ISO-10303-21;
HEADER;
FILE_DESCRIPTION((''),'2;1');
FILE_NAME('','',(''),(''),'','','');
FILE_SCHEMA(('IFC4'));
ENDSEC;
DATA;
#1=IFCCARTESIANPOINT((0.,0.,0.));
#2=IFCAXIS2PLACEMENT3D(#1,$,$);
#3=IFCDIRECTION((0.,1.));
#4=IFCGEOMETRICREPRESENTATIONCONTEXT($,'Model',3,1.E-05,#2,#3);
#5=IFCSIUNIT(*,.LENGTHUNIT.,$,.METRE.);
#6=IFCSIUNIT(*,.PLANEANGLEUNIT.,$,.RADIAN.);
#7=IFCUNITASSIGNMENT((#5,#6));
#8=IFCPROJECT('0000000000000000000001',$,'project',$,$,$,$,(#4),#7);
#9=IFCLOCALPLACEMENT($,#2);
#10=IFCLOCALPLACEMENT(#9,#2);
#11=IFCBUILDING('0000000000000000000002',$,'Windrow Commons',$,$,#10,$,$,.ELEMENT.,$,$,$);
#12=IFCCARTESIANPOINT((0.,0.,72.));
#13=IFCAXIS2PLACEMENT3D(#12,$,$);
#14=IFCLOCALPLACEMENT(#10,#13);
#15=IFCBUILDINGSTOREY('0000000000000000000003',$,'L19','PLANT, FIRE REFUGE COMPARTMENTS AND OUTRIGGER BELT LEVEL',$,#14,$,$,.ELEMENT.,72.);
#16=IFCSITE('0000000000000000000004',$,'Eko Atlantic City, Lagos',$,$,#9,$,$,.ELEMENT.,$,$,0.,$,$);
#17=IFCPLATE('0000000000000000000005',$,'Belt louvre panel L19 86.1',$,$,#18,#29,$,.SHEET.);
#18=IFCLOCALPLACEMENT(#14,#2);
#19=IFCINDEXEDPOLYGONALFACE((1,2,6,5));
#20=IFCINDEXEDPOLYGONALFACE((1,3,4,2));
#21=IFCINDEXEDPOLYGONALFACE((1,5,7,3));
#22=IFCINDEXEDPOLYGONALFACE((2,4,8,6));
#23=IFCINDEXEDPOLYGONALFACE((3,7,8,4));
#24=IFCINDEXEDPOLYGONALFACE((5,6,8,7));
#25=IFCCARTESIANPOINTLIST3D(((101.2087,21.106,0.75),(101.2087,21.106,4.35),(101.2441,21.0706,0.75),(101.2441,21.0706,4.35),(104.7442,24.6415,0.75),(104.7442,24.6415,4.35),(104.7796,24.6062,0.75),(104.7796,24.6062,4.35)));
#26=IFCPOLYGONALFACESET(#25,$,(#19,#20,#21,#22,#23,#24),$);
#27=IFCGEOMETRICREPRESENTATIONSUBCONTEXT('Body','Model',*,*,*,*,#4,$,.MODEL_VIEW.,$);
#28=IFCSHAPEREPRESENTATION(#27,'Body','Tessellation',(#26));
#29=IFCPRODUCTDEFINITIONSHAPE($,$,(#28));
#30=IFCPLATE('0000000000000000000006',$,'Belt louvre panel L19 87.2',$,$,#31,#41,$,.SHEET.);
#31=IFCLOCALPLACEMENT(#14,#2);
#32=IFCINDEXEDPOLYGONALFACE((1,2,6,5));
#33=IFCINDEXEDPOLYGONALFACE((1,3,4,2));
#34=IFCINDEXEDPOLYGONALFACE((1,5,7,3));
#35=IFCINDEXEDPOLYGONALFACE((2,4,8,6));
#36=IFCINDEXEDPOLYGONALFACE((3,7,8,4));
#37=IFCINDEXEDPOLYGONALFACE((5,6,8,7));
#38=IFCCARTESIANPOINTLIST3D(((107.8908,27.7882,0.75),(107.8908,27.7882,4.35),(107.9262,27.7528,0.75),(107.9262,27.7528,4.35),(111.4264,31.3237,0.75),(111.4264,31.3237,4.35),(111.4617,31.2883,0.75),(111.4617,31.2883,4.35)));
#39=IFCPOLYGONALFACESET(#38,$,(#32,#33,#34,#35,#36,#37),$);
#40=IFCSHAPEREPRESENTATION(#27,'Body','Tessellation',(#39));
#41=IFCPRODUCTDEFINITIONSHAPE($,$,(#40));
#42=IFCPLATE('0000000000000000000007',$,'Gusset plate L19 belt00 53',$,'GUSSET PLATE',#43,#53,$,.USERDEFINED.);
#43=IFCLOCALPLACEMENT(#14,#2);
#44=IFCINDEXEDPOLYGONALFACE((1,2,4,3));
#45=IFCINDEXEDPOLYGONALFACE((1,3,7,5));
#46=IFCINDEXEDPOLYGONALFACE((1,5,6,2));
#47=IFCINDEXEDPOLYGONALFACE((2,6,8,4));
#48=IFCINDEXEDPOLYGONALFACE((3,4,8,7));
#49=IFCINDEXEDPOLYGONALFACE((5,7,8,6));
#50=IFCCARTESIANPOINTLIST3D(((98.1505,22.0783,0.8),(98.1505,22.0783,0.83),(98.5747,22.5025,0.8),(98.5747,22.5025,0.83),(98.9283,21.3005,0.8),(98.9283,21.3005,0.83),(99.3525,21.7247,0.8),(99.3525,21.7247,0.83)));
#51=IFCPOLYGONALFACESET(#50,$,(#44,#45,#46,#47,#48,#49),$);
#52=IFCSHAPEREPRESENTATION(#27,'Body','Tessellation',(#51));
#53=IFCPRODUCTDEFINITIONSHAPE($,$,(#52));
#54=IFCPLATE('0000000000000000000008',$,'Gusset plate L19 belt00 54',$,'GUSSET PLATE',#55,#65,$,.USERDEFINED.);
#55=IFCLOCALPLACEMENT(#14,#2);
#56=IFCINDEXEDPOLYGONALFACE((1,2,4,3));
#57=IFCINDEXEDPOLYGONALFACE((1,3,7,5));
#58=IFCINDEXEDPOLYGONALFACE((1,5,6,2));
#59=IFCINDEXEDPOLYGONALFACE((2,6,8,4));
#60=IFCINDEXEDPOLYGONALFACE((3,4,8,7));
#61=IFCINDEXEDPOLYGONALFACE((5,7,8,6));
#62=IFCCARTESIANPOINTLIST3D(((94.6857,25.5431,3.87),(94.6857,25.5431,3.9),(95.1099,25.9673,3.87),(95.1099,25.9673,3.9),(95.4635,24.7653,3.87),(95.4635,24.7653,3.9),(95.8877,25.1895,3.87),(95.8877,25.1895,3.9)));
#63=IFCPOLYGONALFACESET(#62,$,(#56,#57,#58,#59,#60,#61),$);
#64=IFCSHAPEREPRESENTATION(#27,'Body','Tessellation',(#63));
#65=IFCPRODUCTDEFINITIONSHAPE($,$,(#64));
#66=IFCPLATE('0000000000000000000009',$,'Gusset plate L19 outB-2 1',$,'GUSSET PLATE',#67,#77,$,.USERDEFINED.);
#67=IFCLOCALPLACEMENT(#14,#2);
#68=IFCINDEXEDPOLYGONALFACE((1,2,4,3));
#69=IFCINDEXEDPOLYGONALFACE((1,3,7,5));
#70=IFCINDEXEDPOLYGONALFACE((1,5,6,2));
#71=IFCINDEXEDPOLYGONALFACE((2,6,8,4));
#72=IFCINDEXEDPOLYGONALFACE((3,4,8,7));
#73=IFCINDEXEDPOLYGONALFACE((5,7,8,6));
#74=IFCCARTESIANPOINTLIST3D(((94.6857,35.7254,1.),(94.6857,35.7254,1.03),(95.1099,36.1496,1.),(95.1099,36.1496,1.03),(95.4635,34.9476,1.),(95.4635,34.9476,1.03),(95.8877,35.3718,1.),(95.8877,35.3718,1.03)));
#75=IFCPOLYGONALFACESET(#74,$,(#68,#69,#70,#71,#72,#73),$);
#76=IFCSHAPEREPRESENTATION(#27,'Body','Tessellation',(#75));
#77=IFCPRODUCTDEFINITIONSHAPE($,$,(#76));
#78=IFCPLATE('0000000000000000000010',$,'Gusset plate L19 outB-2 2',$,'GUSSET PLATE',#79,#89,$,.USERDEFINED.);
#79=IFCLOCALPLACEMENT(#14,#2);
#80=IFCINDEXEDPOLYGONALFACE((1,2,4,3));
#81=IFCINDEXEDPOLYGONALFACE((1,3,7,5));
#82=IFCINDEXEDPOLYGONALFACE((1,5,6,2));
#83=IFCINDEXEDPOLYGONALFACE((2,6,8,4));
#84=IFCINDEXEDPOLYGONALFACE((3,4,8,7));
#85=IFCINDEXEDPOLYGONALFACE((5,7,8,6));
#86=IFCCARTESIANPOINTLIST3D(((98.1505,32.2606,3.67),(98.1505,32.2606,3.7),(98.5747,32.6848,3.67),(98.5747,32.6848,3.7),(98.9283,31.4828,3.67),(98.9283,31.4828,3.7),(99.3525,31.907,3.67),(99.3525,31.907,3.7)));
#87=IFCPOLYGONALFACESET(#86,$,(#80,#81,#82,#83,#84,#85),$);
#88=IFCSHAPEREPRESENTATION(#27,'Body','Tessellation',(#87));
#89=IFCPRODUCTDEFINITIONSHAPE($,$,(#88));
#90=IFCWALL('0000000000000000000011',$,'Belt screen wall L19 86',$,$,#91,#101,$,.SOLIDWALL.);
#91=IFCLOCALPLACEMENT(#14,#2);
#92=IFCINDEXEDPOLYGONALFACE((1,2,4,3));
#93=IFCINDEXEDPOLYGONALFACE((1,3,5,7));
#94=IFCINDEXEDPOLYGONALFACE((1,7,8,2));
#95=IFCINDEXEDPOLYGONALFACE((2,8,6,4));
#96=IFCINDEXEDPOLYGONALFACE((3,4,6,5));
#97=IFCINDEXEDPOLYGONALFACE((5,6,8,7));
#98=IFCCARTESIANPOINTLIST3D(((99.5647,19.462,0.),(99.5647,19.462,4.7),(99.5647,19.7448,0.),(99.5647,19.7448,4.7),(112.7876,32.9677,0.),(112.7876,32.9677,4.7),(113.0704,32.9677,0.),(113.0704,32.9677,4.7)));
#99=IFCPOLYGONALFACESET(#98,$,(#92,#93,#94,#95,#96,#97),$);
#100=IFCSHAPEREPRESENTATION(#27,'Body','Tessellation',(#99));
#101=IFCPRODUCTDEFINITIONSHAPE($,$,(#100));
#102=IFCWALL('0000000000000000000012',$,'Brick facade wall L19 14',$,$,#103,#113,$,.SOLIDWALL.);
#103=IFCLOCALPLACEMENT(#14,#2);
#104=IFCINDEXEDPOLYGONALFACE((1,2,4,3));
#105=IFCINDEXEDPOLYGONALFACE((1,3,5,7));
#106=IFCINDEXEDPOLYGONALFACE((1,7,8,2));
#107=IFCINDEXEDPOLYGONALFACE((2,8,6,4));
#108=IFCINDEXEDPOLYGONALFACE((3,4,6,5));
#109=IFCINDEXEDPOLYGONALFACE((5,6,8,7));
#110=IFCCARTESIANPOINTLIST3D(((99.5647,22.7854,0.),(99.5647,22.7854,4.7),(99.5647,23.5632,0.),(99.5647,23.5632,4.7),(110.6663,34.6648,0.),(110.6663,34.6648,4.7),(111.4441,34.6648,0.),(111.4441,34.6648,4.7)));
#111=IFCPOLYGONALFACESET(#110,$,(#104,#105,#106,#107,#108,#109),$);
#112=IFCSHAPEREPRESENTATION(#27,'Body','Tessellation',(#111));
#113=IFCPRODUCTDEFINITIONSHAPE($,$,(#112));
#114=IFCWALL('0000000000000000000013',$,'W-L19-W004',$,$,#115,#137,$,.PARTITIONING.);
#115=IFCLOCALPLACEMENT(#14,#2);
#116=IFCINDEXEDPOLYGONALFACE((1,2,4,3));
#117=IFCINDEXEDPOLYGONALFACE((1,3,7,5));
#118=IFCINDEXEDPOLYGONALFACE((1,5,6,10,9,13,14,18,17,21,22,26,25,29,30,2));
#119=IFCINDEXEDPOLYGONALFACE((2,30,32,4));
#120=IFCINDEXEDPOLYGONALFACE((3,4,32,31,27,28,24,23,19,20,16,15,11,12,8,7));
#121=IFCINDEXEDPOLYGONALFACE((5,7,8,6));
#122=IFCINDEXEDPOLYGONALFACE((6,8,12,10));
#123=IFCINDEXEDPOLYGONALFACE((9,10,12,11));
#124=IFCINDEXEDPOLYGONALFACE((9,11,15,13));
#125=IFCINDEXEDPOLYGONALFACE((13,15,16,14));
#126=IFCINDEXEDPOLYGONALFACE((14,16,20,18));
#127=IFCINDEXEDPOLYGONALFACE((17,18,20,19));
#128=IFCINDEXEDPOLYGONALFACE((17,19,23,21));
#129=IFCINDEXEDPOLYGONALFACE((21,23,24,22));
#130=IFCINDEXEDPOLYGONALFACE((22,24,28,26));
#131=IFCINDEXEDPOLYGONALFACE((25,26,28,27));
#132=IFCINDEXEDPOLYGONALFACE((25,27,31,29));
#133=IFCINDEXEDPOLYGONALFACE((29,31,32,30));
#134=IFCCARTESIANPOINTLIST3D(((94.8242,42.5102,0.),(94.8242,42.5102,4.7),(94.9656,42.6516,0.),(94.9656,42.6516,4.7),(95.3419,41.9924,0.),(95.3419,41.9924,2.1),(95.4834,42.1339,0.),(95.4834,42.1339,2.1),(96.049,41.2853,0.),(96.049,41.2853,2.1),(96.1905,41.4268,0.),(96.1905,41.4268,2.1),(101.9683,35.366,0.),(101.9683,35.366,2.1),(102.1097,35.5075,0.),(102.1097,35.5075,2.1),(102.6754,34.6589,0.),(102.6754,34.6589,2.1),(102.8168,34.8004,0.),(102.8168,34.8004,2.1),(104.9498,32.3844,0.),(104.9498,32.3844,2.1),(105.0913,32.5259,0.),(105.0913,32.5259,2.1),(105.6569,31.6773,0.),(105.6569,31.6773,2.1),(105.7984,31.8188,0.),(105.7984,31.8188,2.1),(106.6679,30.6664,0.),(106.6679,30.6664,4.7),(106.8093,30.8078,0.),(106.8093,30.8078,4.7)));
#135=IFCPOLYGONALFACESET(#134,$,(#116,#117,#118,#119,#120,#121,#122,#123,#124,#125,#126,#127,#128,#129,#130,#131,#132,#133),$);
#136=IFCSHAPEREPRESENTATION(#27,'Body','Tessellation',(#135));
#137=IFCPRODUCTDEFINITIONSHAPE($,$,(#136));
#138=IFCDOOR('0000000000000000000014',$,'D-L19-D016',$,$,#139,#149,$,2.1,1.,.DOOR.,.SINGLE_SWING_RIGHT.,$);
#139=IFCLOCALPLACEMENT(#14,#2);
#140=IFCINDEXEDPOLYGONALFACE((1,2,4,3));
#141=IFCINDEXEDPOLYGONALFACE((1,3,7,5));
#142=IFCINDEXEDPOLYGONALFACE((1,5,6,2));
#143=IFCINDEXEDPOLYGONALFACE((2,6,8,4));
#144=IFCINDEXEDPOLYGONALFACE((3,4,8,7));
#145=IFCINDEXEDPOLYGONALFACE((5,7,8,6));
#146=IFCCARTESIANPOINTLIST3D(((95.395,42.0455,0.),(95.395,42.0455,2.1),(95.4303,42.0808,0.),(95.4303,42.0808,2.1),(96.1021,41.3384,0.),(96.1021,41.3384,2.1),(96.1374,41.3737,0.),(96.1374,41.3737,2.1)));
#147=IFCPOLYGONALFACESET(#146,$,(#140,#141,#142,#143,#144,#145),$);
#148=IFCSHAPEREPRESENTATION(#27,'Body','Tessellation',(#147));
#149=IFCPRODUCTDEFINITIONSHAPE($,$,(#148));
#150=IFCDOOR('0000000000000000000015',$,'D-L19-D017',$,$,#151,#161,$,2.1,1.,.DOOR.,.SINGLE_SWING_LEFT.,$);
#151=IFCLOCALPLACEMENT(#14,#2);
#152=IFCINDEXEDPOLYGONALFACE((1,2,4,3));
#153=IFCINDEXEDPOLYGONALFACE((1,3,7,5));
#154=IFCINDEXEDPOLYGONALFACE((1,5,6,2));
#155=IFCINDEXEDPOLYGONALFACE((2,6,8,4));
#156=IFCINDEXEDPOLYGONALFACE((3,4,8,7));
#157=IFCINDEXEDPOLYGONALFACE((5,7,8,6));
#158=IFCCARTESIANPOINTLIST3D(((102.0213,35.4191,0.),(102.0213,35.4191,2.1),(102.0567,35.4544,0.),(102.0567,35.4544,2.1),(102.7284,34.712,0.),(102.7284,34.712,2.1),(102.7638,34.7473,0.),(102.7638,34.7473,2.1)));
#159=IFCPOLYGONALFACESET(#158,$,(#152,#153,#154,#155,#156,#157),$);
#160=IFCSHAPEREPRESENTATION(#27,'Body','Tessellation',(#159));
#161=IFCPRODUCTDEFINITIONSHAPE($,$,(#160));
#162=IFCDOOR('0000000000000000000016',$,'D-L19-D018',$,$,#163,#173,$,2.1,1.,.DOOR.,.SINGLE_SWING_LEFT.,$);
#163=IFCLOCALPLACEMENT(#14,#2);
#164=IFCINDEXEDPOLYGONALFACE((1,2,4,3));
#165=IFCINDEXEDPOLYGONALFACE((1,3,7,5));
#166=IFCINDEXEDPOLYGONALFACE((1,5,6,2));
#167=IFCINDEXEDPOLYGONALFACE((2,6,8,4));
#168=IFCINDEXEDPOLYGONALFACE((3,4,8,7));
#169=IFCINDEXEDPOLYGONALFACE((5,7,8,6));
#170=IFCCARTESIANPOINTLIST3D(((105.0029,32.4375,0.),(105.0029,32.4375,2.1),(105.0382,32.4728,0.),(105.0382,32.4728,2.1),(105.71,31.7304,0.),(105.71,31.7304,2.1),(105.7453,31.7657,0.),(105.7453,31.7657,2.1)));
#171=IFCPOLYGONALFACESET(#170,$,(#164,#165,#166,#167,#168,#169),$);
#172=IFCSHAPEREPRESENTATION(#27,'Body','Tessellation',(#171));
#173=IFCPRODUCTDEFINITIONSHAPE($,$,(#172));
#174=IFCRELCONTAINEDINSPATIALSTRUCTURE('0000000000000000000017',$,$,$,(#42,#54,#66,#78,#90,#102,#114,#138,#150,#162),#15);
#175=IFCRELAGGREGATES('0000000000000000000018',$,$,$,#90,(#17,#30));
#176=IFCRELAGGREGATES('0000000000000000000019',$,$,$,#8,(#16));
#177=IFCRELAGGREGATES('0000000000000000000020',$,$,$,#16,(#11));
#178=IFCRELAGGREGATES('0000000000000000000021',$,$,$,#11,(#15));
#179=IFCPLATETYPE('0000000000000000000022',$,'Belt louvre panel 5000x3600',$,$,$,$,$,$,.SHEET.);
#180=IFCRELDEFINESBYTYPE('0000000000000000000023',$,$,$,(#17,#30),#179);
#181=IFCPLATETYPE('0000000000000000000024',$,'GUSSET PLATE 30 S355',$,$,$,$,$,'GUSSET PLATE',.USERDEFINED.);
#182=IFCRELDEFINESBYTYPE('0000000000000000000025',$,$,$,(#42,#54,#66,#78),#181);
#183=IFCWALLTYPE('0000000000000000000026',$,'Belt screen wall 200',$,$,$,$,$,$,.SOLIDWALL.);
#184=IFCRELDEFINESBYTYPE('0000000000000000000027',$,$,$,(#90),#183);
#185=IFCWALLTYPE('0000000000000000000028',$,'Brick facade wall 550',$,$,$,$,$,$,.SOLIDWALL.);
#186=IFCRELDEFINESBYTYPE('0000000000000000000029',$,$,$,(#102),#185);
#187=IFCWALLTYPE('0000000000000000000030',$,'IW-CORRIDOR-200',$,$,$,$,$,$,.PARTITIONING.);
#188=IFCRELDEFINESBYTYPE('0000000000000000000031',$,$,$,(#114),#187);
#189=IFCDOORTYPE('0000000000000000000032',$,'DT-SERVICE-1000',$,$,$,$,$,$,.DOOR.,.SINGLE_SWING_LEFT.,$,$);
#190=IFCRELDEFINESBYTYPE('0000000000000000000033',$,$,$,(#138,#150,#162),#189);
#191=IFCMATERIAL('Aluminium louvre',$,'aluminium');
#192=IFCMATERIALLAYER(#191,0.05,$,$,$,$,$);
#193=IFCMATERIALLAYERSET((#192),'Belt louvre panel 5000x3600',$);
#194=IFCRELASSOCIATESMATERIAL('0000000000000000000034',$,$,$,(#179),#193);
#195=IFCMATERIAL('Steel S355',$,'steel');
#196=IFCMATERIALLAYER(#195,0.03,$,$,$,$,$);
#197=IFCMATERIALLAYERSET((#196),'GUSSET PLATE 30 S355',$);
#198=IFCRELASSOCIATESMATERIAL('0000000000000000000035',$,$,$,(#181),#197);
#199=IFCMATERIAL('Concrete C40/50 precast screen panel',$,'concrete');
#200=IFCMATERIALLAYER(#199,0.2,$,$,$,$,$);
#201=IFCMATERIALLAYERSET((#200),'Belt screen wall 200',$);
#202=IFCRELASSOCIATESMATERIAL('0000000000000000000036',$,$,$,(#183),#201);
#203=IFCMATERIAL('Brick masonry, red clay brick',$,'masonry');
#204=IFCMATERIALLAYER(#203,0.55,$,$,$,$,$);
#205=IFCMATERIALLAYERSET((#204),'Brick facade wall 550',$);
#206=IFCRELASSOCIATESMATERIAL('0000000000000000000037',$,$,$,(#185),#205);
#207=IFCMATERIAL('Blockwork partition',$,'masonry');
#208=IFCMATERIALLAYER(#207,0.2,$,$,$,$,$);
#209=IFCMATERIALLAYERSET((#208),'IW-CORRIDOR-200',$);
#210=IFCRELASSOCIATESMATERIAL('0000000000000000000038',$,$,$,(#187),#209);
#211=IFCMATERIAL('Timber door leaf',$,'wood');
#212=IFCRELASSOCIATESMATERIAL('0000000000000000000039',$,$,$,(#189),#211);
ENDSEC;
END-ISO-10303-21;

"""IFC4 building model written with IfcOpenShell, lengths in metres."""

from ifc_helpers import new_model, si_unit, direction, frame, frame_2d, origin, origin_2d, place, context, subcontext, project, spatial, polyline, rectangle, outline, extrude, material, layer, layer_set, type_object, element, fill, aggregate, save


model = new_model("IFC4")

# Units and contexts
model_context = context("Model", 3, precision=1e-05, world=origin(), true_north=direction((0.0, 1.0)))
body_context = subcontext(model_context, "Body", "Model", "MODEL_VIEW")
ifc_project = project(units=[si_unit("LENGTHUNIT", "METRE"), si_unit("PLANEANGLEUNIT", "RADIAN")], contexts=[model_context])

# Site, building, storey
site_placement = place(None, origin())
site = spatial("IfcSite", under=ifc_project, at=site_placement, Name="Eko Atlantic City, Lagos", CompositionType="ELEMENT", RefElevation=0.0)
building_placement = place(site_placement, origin())
building = spatial("IfcBuilding", under=site, at=building_placement, Name="Windrow Commons", CompositionType="ELEMENT")
storey_placement = place(building_placement, frame((0.0, 0.0, 72.0)))
storey = spatial("IfcBuildingStorey", under=building, at=storey_placement, Name="L19", Description="PLANT, FIRE REFUGE COMPARTMENTS AND OUTRIGGER BELT LEVEL", CompositionType="ELEMENT", Elevation=72.0)

# Plates
ifc_material_1 = material(Name="Aluminium louvre", Category="aluminium")
ifc_layer_1 = layer(ifc_material_1, 0.05)
ifc_layer_set_1 = layer_set([ifc_layer_1], Name="Belt louvre panel 5000x3600")
plate_type_1 = type_object("IfcPlateType", Name="Belt louvre panel 5000x3600", PredefinedType="SHEET", material=ifc_layer_set_1)
plate_1_placement = place(storey_placement, frame((101.2441, 21.0706, 0.75), z_axis=(0.707117, -0.707097, 0.0), x_axis=(0.707097, 0.707117, 0.0)))
plate_1 = element("IfcPlate", 1, at=plate_1_placement, type_object=plate_type_1, Name="Belt louvre panel L19 86.1", PredefinedType="SHEET", context=body_context, shape_type="SweptSolid", body=[
    extrude(outline(polyline([(0.0, 0.0), (5.0, 0.0), (5.0, 3.6), (0.0, 3.6), (0.0, 0.0)])), origin(), (0.0, 0.0, -1.0), 0.05),
])
plate_2_placement = place(storey_placement, frame((107.9262, 27.7528, 0.75), z_axis=(0.707107, -0.707107, 0.0), x_axis=(0.707107, 0.707107, 0.0)))
plate_2 = element("IfcPlate", 2, at=plate_2_placement, type_object=plate_type_1, Name="Belt louvre panel L19 87.2", PredefinedType="SHEET", context=body_context, shape_type="SweptSolid", body=[
    extrude(outline(polyline([(0.0, 0.0), (5.0, 0.0), (5.0, 3.6), (0.0, 3.6), (0.0, 0.0)])), origin(), (0.0, 0.0, -1.0), 0.05),
])

# Plates
ifc_material_2 = material(Name="Steel S355", Category="steel")
ifc_layer_2 = layer(ifc_material_2, 0.03)
ifc_layer_set_2 = layer_set([ifc_layer_2], Name="GUSSET PLATE 30 S355")
plate_type_2 = type_object("IfcPlateType", Name="GUSSET PLATE 30 S355", ElementType="GUSSET PLATE", PredefinedType="USERDEFINED", material=ifc_layer_set_2)
for number, where, z_axis, x_axis, name in (
    (3, (98.7515, 21.9015, 0.8), (0.0, 0.0, 1.0), (-0.707107, 0.707107, 0.0), "Gusset plate L19 belt00 53"),
    (4, (95.2867, 25.3663, 3.87), (0.0, 0.0, 1.0), (-0.707107, 0.707107, 0.0), "Gusset plate L19 belt00 54"),
    (5, (95.2867, 35.5486, 1.0), (0.0, 0.0, 1.0), (0.707107, -0.707107, 0.0), "Gusset plate L19 outB-2 1"),
    (6, (98.7515, 32.0838, 3.67), (0.0, 0.0, 1.0), (0.707107, -0.707107, 0.0), "Gusset plate L19 outB-2 2"),
):
    element("IfcPlate", number, at=place(storey_placement, frame(where, z_axis=z_axis, x_axis=x_axis)), inside=storey, type_object=plate_type_2, Name=name, ObjectType="GUSSET PLATE", PredefinedType="USERDEFINED", context=body_context, shape_type="SweptSolid", body=[
        extrude(rectangle(XDim=1.1, YDim=0.6, at=origin_2d()), origin(), (0.0, 0.0, 1.0), 0.03),
    ])

# Walls
ifc_material_3 = material(Name="Concrete C40/50 precast screen panel", Category="concrete")
ifc_layer_3 = layer(ifc_material_3, 0.2)
ifc_layer_set_3 = layer_set([ifc_layer_3], Name="Belt screen wall 200")
wall_type_1 = type_object("IfcWallType", Name="Belt screen wall 200", PredefinedType="SOLIDWALL", material=ifc_layer_set_3)
wall_1_placement = place(storey_placement, frame((99.5647, 19.6034, 0.0), z_axis=(0.0, 0.0, 1.0), x_axis=(0.707107, 0.707107, 0.0)))
wall_1 = element("IfcWall", 7, at=wall_1_placement, inside=storey, type_object=wall_type_1, Name="Belt screen wall L19 86", PredefinedType="SOLIDWALL", context=body_context, shape_type="SweptSolid", body=[
    extrude(outline(polyline([(-0.1, -0.1), (19.0, -0.1), (18.8, 0.1), (0.1, 0.1), (-0.1, -0.1)])), origin(), (0.0, 0.0, 1.0), 4.7),
])
aggregate(wall_1, [plate_1, plate_2])
ifc_material_4 = material(Name="Brick masonry, red clay brick", Category="masonry")
ifc_layer_4 = layer(ifc_material_4, 0.55)
ifc_layer_set_4 = layer_set([ifc_layer_4], Name="Brick facade wall 550")
wall_type_2 = type_object("IfcWallType", Name="Brick facade wall 550", PredefinedType="SOLIDWALL", material=ifc_layer_set_4)
wall_2_placement = place(storey_placement, frame((99.5647, 23.1743, 0.0), z_axis=(0.0, 0.0, 1.0), x_axis=(0.707107, 0.707107, 0.0)))
element("IfcWall", 8, at=wall_2_placement, inside=storey, type_object=wall_type_2, Name="Brick facade wall L19 14", PredefinedType="SOLIDWALL", context=body_context, shape_type="SweptSolid", body=[
    extrude(outline(polyline([(-0.275, -0.275), (16.525, -0.275), (15.975, 0.275), (0.275, 0.275), (-0.275, -0.275)])), origin(), (0.0, 0.0, 1.0), 4.7),
])

# Wall, openings, doors
ifc_material_5 = material(Name="Blockwork partition", Category="masonry")
ifc_layer_5 = layer(ifc_material_5, 0.2)
ifc_layer_set_5 = layer_set([ifc_layer_5], Name="IW-CORRIDOR-200")
wall_type_3 = type_object("IfcWallType", Name="IW-CORRIDOR-200", PredefinedType="PARTITIONING", material=ifc_layer_set_5)
wall_3_placement = place(storey_placement, frame((94.8949, 42.5809, 0.0), z_axis=(0.0, 0.0, 1.0), x_axis=(0.707104, -0.70711, 0.0)))
wall_3 = element("IfcWall", 9, at=wall_3_placement, inside=storey, type_object=wall_type_3, Name="W-L19-W004", PredefinedType="PARTITIONING", context=body_context, shape_type="SweptSolid", body=[
    extrude(rectangle(XDim=16.7496, YDim=0.2, at=frame_2d((8.3748, 0.0))), origin(), (0.0, 0.0, 1.0), 4.7),
])
opening_1_placement = place(wall_3_placement, frame((0.7322, 0.0, 0.0)))
opening_1 = element("IfcOpeningElement", 10, at=opening_1_placement, cuts=wall_3, PredefinedType="OPENING", context=body_context, shape_type="SweptSolid", body=[
    extrude(rectangle(XDim=1.0, YDim=2.1, at=frame_2d((0.5, 1.05))), frame((0.0, 0.11, 0.0), z_axis=(0.0, -1.0, 0.0), x_axis=(1.0, 0.0, 0.0)), (0.0, 0.0, 1.0), 0.22),
])
opening_2_placement = place(wall_3_placement, frame((10.1033, 0.0, 0.0)))
opening_2 = element("IfcOpeningElement", 11, at=opening_2_placement, cuts=wall_3, PredefinedType="OPENING", context=body_context, shape_type="SweptSolid", body=[
    extrude(rectangle(XDim=1.0, YDim=2.1, at=frame_2d((0.5, 1.05))), frame((0.0, 0.11, 0.0), z_axis=(0.0, -1.0, 0.0), x_axis=(1.0, 0.0, 0.0)), (0.0, 0.0, 1.0), 0.22),
])
opening_3_placement = place(wall_3_placement, frame((14.3199, 0.0, 0.0)))
opening_3 = element("IfcOpeningElement", 12, at=opening_3_placement, cuts=wall_3, PredefinedType="OPENING", context=body_context, shape_type="SweptSolid", body=[
    extrude(rectangle(XDim=1.0, YDim=2.1, at=frame_2d((0.5, 1.05))), frame((0.0, 0.11, 0.0), z_axis=(0.0, -1.0, 0.0), x_axis=(1.0, 0.0, 0.0)), (0.0, 0.0, 1.0), 0.22),
])
ifc_material_6 = material(Name="Timber door leaf", Category="wood")
door_type = type_object("IfcDoorType", Name="DT-SERVICE-1000", OperationType="SINGLE_SWING_LEFT", PredefinedType="DOOR", material=ifc_material_6)
door_1_placement = place(opening_1_placement, origin())
door_1 = element("IfcDoor", 13, at=door_1_placement, inside=storey, type_object=door_type, Name="D-L19-D016", OperationType="SINGLE_SWING_RIGHT", OverallHeight=2.1, OverallWidth=1.0, PredefinedType="DOOR", context=body_context, shape_type="SweptSolid", body=[
    extrude(rectangle(XDim=1.0, YDim=2.1, at=frame_2d((0.5, 1.05))), frame((0.0, 0.025, 0.0), z_axis=(0.0, -1.0, 0.0), x_axis=(1.0, 0.0, 0.0)), (0.0, 0.0, 1.0), 0.05),
])
fill(opening_1, door_1)
door_2_placement = place(opening_2_placement, origin())
door_2 = element("IfcDoor", 14, at=door_2_placement, inside=storey, type_object=door_type, Name="D-L19-D017", OperationType="SINGLE_SWING_LEFT", OverallHeight=2.1, OverallWidth=1.0, PredefinedType="DOOR", context=body_context, shape_type="SweptSolid", body=[
    extrude(rectangle(XDim=1.0, YDim=2.1, at=frame_2d((0.5, 1.05))), frame((0.0, 0.025, 0.0), z_axis=(0.0, -1.0, 0.0), x_axis=(1.0, 0.0, 0.0)), (0.0, 0.0, 1.0), 0.05),
])
fill(opening_2, door_2)
door_3_placement = place(opening_3_placement, origin())
door_3 = element("IfcDoor", 15, at=door_3_placement, inside=storey, type_object=door_type, Name="D-L19-D018", OperationType="SINGLE_SWING_LEFT", OverallHeight=2.1, OverallWidth=1.0, PredefinedType="DOOR", context=body_context, shape_type="SweptSolid", body=[
    extrude(rectangle(XDim=1.0, YDim=2.1, at=frame_2d((0.5, 1.05))), frame((0.0, 0.025, 0.0), z_axis=(0.0, -1.0, 0.0), x_axis=(1.0, 0.0, 0.0)), (0.0, 0.0, 1.0), 0.05),
])
fill(opening_3, door_3)

save(model, "model.ifc")
